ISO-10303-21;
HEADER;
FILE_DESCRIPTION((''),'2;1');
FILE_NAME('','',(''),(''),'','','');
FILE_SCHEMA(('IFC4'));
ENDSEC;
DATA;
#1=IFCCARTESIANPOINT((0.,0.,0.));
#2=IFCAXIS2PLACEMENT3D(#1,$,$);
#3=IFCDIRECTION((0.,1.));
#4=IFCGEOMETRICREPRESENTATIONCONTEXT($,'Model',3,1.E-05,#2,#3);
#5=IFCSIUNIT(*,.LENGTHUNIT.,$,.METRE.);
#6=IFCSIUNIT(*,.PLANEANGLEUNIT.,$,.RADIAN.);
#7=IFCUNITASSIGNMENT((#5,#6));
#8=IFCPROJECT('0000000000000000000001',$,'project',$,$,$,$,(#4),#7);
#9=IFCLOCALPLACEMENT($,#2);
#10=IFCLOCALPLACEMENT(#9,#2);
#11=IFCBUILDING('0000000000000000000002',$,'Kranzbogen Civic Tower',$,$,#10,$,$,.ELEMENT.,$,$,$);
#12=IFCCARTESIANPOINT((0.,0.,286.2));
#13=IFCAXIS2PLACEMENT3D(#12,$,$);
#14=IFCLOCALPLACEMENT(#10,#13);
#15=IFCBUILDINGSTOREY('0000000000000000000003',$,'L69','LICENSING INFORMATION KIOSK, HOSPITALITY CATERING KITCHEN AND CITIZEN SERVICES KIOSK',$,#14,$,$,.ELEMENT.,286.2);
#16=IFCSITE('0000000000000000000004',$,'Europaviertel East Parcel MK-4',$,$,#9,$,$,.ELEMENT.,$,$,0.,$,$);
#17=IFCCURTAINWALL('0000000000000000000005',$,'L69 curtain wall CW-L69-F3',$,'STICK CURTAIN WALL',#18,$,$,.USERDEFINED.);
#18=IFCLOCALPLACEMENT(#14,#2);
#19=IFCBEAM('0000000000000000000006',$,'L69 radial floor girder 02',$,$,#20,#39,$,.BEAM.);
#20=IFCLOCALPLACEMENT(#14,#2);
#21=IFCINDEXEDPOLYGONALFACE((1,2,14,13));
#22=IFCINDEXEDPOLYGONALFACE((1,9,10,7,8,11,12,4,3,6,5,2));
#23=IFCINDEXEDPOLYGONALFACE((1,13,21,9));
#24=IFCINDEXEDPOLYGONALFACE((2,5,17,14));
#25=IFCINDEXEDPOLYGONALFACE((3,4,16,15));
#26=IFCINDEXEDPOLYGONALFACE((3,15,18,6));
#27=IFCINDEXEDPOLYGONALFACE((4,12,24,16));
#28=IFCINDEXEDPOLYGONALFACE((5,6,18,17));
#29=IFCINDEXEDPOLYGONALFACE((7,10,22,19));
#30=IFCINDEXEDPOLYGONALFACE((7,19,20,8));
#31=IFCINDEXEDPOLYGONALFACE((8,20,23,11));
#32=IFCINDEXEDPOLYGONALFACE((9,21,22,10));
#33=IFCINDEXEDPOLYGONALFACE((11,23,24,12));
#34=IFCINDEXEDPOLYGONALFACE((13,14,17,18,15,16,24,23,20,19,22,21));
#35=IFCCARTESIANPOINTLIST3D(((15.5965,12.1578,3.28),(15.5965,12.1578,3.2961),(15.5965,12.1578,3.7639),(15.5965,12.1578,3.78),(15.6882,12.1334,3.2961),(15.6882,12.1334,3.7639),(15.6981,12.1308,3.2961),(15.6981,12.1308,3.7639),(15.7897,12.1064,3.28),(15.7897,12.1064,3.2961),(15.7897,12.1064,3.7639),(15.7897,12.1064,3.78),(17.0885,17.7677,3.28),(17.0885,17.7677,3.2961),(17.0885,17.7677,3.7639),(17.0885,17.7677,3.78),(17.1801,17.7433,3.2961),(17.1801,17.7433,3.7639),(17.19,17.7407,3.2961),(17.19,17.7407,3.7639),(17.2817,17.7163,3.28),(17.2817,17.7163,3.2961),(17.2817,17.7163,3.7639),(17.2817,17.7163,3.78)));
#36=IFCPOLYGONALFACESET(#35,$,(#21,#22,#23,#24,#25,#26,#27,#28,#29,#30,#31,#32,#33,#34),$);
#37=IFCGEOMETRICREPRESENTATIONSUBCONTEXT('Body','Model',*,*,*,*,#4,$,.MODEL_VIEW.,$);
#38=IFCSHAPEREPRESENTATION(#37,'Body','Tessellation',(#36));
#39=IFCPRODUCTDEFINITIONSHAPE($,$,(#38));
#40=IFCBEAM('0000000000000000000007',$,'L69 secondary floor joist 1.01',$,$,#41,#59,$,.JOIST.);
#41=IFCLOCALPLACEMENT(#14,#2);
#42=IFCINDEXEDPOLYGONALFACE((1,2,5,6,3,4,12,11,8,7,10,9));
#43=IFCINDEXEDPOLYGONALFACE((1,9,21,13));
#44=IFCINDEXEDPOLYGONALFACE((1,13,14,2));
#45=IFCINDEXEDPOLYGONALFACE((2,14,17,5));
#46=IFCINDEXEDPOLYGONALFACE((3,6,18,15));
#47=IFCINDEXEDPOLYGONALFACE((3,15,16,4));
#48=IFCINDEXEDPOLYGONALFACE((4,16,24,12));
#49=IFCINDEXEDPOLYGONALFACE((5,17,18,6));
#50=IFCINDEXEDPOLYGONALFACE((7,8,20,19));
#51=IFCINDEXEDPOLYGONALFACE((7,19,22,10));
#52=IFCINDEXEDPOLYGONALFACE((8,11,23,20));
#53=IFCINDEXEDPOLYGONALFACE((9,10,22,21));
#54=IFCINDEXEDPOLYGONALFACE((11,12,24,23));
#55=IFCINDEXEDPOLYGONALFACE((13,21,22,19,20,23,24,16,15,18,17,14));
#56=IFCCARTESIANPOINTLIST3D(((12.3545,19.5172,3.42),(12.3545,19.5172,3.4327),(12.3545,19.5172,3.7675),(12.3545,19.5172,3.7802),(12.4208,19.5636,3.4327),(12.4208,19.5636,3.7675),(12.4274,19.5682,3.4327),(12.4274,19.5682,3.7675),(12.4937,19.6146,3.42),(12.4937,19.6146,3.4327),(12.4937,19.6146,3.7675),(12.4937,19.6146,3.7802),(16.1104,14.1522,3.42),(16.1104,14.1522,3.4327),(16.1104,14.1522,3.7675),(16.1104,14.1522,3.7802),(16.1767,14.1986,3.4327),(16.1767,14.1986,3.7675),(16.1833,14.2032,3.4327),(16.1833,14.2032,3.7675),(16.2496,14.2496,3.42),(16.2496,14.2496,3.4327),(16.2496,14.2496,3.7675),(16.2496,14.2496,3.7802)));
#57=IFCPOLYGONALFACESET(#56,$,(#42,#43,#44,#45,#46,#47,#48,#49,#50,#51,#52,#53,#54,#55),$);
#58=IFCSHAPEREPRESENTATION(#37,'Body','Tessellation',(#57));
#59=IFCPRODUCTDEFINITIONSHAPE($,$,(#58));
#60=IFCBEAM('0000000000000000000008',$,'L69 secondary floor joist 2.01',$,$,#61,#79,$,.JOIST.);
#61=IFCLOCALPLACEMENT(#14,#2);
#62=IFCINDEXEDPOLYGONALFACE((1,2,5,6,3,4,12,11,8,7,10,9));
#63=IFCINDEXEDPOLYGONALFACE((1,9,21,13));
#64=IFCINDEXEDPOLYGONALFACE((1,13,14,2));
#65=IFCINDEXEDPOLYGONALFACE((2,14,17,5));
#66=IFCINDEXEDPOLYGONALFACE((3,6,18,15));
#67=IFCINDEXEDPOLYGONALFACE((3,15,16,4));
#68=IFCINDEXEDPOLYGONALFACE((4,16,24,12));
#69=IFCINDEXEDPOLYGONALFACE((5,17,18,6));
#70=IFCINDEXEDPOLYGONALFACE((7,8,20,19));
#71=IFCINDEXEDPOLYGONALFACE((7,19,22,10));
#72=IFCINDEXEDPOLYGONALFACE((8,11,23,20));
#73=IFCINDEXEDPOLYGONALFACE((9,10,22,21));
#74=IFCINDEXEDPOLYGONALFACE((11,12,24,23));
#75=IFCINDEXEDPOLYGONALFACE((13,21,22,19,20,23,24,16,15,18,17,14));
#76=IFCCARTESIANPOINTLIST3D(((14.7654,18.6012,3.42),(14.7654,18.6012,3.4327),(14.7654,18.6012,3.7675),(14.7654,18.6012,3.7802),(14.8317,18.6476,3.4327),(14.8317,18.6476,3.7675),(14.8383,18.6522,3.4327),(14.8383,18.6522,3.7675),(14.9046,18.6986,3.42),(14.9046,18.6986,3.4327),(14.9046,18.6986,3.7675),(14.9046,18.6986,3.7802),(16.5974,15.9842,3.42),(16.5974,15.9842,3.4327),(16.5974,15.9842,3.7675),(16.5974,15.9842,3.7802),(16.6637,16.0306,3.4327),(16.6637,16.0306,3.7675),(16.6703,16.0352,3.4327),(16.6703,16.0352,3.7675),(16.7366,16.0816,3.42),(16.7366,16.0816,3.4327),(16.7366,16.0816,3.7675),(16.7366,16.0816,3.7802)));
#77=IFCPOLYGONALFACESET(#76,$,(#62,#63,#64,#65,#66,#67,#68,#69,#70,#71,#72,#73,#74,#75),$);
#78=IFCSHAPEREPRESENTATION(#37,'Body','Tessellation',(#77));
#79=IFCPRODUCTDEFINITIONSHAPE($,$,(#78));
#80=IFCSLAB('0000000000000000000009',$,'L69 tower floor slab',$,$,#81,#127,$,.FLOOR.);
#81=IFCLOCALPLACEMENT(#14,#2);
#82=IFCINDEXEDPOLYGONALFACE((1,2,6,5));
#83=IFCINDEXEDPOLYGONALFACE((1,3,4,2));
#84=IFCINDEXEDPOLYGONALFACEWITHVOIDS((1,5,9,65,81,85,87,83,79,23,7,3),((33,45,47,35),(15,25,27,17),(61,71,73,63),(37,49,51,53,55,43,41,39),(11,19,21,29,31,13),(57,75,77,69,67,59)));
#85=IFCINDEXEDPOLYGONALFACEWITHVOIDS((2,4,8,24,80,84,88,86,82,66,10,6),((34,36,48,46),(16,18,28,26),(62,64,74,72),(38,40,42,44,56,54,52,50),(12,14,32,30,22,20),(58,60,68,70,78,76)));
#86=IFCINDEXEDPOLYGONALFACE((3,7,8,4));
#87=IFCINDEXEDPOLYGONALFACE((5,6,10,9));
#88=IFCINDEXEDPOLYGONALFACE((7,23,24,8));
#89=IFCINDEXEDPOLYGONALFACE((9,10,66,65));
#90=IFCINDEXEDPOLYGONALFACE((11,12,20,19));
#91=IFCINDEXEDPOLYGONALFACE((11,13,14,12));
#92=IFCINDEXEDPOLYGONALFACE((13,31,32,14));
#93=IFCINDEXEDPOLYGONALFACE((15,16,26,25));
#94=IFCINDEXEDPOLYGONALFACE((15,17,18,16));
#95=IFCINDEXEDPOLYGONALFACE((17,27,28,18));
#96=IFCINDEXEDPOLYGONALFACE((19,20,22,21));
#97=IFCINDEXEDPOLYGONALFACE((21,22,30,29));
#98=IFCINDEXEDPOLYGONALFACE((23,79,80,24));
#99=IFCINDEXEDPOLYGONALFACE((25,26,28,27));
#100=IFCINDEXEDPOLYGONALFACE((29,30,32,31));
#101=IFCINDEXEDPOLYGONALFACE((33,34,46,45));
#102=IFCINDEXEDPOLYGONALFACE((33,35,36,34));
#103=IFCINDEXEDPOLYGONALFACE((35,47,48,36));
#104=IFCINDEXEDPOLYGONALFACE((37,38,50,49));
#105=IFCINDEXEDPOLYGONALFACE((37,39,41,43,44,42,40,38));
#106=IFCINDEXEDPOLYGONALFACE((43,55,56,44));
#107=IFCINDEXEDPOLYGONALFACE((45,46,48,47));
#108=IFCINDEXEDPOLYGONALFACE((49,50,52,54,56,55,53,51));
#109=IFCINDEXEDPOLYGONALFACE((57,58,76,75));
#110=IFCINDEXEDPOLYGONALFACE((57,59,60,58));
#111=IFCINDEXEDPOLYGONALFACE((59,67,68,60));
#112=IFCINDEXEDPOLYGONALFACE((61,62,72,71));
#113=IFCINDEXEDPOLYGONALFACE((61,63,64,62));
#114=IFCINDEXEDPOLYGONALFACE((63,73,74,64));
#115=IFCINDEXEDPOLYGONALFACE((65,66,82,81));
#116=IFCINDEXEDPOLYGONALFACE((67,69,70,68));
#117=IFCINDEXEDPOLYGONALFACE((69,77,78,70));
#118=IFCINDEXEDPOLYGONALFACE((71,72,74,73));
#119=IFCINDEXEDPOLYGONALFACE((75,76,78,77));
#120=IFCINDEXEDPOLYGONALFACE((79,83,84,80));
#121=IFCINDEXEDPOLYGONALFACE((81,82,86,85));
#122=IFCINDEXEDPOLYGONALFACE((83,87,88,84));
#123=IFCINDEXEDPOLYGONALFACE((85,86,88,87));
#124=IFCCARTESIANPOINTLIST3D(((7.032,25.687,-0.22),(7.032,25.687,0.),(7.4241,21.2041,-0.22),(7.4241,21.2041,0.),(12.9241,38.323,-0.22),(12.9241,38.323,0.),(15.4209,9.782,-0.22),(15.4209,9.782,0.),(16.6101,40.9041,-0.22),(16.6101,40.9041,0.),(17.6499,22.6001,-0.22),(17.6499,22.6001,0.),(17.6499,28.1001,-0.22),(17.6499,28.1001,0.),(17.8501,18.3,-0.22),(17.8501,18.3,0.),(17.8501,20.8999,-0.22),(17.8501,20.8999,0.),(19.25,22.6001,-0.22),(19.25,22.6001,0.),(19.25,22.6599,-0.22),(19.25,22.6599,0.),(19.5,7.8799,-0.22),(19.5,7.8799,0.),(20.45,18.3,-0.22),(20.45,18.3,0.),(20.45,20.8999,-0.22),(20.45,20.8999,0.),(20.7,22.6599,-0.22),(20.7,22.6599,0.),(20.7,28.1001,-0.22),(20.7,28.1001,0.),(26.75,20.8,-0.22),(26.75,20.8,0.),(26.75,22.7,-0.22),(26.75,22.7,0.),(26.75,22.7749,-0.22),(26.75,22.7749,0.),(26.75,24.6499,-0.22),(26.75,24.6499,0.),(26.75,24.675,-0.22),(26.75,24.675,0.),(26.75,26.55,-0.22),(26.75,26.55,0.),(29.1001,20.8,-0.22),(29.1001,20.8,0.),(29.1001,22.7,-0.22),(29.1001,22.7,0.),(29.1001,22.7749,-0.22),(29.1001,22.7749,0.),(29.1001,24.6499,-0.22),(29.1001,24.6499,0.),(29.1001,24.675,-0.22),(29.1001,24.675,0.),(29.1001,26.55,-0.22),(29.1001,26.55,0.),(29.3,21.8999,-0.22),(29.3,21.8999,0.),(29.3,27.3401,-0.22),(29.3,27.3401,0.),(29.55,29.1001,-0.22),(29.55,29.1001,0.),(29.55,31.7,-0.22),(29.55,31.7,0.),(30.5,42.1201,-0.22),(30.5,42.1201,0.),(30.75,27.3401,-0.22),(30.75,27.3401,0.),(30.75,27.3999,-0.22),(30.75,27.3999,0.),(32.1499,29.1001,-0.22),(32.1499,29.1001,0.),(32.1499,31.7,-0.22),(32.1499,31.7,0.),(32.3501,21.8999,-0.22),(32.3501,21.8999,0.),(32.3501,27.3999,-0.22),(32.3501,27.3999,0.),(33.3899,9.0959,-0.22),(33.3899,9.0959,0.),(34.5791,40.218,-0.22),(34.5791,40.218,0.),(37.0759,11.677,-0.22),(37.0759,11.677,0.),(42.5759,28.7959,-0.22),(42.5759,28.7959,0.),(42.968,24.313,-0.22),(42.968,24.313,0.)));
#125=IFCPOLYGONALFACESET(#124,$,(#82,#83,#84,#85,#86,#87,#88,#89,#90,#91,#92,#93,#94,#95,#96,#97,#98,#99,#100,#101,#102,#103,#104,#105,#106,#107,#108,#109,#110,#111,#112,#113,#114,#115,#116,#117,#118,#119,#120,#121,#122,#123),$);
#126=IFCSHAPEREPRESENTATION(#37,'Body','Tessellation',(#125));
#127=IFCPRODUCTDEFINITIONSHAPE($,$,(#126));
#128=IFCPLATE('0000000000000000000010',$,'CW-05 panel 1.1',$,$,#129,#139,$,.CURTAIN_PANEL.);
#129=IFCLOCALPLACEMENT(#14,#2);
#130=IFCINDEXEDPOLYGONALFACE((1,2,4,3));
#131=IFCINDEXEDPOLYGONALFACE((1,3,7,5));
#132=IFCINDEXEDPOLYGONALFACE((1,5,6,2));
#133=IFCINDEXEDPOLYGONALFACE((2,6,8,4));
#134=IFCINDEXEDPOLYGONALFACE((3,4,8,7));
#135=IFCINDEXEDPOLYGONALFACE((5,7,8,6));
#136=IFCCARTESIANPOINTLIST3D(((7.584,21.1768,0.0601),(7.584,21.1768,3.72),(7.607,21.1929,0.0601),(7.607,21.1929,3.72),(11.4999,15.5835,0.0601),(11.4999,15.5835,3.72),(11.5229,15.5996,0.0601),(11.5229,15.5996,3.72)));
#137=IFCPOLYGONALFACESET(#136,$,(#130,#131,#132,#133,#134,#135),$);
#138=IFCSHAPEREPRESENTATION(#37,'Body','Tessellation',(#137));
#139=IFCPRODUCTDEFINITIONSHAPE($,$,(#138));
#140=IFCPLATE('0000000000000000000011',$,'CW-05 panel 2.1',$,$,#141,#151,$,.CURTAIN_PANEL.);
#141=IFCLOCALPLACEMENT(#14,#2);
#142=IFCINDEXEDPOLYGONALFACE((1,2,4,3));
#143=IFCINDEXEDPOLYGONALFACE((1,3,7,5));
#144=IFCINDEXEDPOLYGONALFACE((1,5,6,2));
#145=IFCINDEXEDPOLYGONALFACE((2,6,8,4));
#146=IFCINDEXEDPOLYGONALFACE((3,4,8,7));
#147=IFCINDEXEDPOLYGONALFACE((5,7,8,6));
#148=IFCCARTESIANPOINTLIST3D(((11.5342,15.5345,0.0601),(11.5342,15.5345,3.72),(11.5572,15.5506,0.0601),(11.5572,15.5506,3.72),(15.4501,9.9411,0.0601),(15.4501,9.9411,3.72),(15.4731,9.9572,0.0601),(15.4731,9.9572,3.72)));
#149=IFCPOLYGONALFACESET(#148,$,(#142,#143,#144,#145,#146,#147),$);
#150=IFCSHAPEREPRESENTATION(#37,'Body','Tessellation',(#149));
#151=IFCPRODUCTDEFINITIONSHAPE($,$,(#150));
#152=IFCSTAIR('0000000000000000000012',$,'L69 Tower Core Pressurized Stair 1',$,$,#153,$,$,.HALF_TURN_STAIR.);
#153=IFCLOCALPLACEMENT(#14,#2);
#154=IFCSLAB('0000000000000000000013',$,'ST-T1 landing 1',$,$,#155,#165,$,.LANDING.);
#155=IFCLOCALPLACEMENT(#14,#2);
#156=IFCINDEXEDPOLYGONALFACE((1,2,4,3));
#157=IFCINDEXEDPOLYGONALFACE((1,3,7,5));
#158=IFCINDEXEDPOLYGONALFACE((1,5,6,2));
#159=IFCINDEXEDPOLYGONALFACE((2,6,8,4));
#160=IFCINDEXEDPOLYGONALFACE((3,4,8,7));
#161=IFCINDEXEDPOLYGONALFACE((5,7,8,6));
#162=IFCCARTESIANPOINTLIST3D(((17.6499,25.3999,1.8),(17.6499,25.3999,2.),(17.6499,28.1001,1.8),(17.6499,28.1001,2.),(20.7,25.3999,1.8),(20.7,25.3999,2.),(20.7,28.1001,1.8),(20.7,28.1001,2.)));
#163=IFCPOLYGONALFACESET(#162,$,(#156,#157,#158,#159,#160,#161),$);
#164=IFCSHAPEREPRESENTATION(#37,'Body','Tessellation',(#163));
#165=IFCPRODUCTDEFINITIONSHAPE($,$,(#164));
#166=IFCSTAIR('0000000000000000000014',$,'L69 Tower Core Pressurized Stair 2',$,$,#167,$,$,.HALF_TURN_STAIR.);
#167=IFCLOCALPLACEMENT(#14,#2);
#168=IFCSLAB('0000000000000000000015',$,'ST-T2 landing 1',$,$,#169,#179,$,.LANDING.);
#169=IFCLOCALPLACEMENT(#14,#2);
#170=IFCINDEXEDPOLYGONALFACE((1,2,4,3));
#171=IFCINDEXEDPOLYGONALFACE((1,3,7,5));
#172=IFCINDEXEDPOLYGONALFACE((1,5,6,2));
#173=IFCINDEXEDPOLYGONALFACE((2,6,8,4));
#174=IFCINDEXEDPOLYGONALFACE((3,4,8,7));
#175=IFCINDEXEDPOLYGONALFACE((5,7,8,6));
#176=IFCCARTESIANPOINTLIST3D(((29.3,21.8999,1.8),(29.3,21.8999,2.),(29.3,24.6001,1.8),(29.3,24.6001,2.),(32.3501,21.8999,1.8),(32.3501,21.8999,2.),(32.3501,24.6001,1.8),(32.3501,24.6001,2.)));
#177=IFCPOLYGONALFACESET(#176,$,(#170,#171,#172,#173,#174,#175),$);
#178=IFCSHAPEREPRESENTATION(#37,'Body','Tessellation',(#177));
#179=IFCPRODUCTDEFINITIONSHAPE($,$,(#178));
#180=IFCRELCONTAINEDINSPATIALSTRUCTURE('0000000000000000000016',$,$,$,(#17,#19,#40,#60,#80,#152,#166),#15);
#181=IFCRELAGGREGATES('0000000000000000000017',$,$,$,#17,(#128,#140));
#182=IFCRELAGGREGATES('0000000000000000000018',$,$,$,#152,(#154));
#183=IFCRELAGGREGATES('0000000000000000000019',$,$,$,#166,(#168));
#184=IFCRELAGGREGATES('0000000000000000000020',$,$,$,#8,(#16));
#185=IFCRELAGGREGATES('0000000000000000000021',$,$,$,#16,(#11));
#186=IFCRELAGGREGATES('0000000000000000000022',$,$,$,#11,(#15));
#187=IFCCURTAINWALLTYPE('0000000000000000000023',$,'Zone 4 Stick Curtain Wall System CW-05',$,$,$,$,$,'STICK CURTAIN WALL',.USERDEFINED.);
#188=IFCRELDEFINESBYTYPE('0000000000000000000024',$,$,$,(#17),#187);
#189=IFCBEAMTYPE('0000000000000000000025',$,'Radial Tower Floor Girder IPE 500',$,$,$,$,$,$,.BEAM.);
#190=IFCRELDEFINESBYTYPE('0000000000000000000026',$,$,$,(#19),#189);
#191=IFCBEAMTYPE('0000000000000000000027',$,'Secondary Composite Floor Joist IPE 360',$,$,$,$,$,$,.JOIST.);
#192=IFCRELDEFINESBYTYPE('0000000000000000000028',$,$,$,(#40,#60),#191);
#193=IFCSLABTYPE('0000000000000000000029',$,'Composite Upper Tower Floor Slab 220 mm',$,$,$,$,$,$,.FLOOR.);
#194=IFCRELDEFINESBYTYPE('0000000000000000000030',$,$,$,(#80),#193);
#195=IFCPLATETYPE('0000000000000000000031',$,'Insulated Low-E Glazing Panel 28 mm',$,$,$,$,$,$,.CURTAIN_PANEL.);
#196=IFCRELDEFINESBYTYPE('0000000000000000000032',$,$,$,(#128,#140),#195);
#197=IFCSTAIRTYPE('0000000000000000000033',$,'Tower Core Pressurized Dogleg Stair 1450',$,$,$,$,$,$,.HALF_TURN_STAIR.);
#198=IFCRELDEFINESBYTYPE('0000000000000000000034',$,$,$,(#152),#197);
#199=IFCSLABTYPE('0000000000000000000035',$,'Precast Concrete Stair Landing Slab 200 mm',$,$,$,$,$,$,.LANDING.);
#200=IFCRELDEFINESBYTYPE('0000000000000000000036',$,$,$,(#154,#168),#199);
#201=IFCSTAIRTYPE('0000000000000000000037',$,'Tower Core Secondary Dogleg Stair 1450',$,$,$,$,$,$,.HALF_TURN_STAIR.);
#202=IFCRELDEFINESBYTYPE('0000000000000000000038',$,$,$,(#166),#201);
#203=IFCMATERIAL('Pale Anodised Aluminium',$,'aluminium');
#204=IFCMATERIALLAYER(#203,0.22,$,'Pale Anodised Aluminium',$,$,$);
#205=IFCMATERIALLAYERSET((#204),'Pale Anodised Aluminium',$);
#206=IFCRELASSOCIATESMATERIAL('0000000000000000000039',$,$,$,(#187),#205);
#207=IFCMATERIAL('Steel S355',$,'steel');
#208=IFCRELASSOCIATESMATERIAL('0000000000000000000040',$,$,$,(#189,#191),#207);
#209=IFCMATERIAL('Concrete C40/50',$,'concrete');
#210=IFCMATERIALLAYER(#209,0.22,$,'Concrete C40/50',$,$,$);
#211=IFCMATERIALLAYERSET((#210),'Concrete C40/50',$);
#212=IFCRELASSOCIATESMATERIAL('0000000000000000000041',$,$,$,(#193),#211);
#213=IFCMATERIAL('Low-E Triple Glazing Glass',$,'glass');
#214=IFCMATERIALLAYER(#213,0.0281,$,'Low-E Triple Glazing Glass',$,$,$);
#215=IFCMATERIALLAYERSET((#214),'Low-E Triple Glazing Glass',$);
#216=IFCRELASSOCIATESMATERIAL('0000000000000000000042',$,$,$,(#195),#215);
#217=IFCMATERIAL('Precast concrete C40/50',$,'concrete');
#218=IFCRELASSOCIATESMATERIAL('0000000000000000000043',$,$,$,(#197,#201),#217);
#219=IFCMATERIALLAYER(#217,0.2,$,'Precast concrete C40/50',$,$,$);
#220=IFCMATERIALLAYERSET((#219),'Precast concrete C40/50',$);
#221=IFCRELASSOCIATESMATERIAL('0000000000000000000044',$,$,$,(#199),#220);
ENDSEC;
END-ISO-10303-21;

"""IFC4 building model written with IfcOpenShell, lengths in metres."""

from ifc_helpers import new_model, si_unit, direction, frame, origin, origin_2d, place, context, subcontext, project, spatial, polyline, rectangle, i_section, outline, extrude, material, layer, layer_set, material_profile, profile_set, type_object, element, aggregate, save


model = new_model("IFC4")

# Units and contexts
model_context = context("Model", 3, precision=1e-05, world=origin(), true_north=direction((0.0, 1.0)))
body_context = subcontext(model_context, "Body", "Model", "MODEL_VIEW")
ifc_project = project(units=[si_unit("LENGTHUNIT", "METRE"), si_unit("PLANEANGLEUNIT", "RADIAN")], contexts=[model_context])

# Site, building, storey
site_placement = place(None, origin())
site = spatial("IfcSite", under=ifc_project, at=site_placement, Name="Europaviertel East Parcel MK-4", CompositionType="ELEMENT", RefElevation=0.0)
building_placement = place(site_placement, origin())
building = spatial("IfcBuilding", under=site, at=building_placement, Name="Kranzbogen Civic Tower", CompositionType="ELEMENT")
storey_placement = place(building_placement, frame((0.0, 0.0, 286.2)))
storey = spatial("IfcBuildingStorey", under=building, at=storey_placement, Name="L69", Description="LICENSING INFORMATION KIOSK, HOSPITALITY CATERING KITCHEN AND CITIZEN SERVICES KIOSK", CompositionType="ELEMENT", Elevation=286.2)

# Shared definitions
ifc_material_1 = material(Name="Steel S355", Category="steel")

# Curtain wall
ifc_material_2 = material(Name="Pale Anodised Aluminium", Category="aluminium")
ifc_layer_1 = layer(ifc_material_2, 0.22, Name="Pale Anodised Aluminium")
ifc_layer_set_1 = layer_set([ifc_layer_1], Name="Pale Anodised Aluminium")
curtain_wall_type = type_object("IfcCurtainWallType", Name="Zone 4 Stick Curtain Wall System CW-05", ElementType="STICK CURTAIN WALL", PredefinedType="USERDEFINED", material=ifc_layer_set_1)
curtain_wall_placement = place(storey_placement, origin())
curtain_wall = element("IfcCurtainWall", 1, at=curtain_wall_placement, inside=storey, type_object=curtain_wall_type, Name="L69 curtain wall CW-L69-F3", ObjectType="STICK CURTAIN WALL", PredefinedType="USERDEFINED")

# Beams
ifc_material_profile_1 = material_profile(ifc_material_1, i_section(OverallWidth=0.2, OverallDepth=0.5, WebThickness=0.0103, FlangeThickness=0.0161, at=origin_2d()), Name="IPE 500")
ifc_profile_set_1 = profile_set([ifc_material_profile_1], Name="Steel S355")
beam_type_1 = type_object("IfcBeamType", Name="Radial Tower Floor Girder IPE 500", PredefinedType="BEAM", material=ifc_profile_set_1)
beam_1_placement = place(storey_placement, frame((15.6931, 12.1321, 3.53), z_axis=(0.257016, 0.966407, 0.0), x_axis=(-0.966407, 0.257016, 0.0)))
element("IfcBeam", 2, at=beam_1_placement, inside=storey, type_object=beam_type_1, Name="L69 radial floor girder 02", PredefinedType="BEAM", context=body_context, shape_type="SweptSolid", body=[
    extrude(i_section(OverallWidth=0.2, OverallDepth=0.5, WebThickness=0.0103, FlangeThickness=0.0161, at=origin_2d()), origin(), (0.0, 0.0, 1.0), 5.8049),
])
ifc_material_profile_2 = material_profile(ifc_material_1, i_section(OverallWidth=0.1699, OverallDepth=0.3601, WebThickness=0.0081, FlangeThickness=0.0127, at=origin_2d()), Name="IPE 360")
ifc_profile_set_2 = profile_set([ifc_material_profile_2], Name="Steel S355")
beam_type_2 = type_object("IfcBeamType", Name="Secondary Composite Floor Joist IPE 360", PredefinedType="JOIST", material=ifc_profile_set_2)
beam_2_placement = place(storey_placement, frame((12.4241, 19.5659, 3.6001), z_axis=(0.5735, -0.819206, 0.0), x_axis=(0.819206, 0.5735, 0.0)))
element("IfcBeam", 3, at=beam_2_placement, inside=storey, type_object=beam_type_2, Name="L69 secondary floor joist 1.01", PredefinedType="JOIST", context=body_context, shape_type="SweptSolid", body=[
    extrude(i_section(OverallWidth=0.1699, OverallDepth=0.3601, WebThickness=0.0081, FlangeThickness=0.0127, at=origin_2d()), origin(), (0.0, 0.0, 1.0), 6.5491),
])
beam_3_placement = place(storey_placement, frame((14.835, 18.6499, 3.6001), z_axis=(0.573498, -0.819207, 0.0), x_axis=(0.819207, 0.573498, 0.0)))
element("IfcBeam", 4, at=beam_3_placement, inside=storey, type_object=beam_type_2, Name="L69 secondary floor joist 2.01", PredefinedType="JOIST", context=body_context, shape_type="SweptSolid", body=[
    extrude(i_section(OverallWidth=0.1699, OverallDepth=0.3601, WebThickness=0.0081, FlangeThickness=0.0127, at=origin_2d()), origin(), (0.0, 0.0, 1.0), 3.1946),
])

# Slab
ifc_material_3 = material(Name="Concrete C40/50", Category="concrete")
ifc_layer_2 = layer(ifc_material_3, 0.22, Name="Concrete C40/50")
ifc_layer_set_2 = layer_set([ifc_layer_2], Name="Concrete C40/50")
slab_type_1 = type_object("IfcSlabType", Name="Composite Upper Tower Floor Slab 220 mm", PredefinedType="FLOOR", material=ifc_layer_set_2)
slab_1_placement = place(storey_placement, frame((0.0, 0.0, -0.22)))
element("IfcSlab", 5, at=slab_1_placement, inside=storey, type_object=slab_type_1, Name="L69 tower floor slab", PredefinedType="FLOOR", context=body_context, shape_type="SweptSolid", body=[
    extrude(outline(polyline([(30.5, 42.1201), (16.6101, 40.9041), (12.9241, 38.323), (7.032, 25.687), (7.4241, 21.2041), (15.4209, 9.782), (19.5, 7.8799), (33.3899, 9.0959), (37.0759, 11.677), (42.968, 24.313), (42.5759, 28.7959), (34.5791, 40.218), (30.5, 42.1201)]), holes=[polyline([(17.8501, 20.8999), (20.45, 20.8999), (20.45, 18.3), (17.8501, 18.3), (17.8501, 20.8999)]), polyline([(29.1001, 22.7), (29.1001, 20.8), (26.75, 20.8), (26.75, 22.7), (29.1001, 22.7)]), polyline([(29.1001, 24.6499), (29.1001, 22.7749), (26.75, 22.7749), (26.75, 24.6499), (26.75, 24.675), (26.75, 26.55), (29.1001, 26.55), (29.1001, 24.675), (29.1001, 24.6499)]), polyline([(29.3, 27.3401), (30.75, 27.3401), (30.75, 27.3999), (32.3501, 27.3999), (32.3501, 21.8999), (29.3, 21.8999), (29.3, 27.3401)]), polyline([(20.7, 22.6599), (19.25, 22.6599), (19.25, 22.6001), (17.6499, 22.6001), (17.6499, 28.1001), (20.7, 28.1001), (20.7, 22.6599)]), polyline([(32.1499, 31.7), (32.1499, 29.1001), (29.55, 29.1001), (29.55, 31.7), (32.1499, 31.7)])]), origin(), (0.0, 0.0, 1.0), 0.22),
])

# Plates
ifc_material_4 = material(Name="Low-E Triple Glazing Glass", Category="glass")
ifc_layer_3 = layer(ifc_material_4, 0.0281, Name="Low-E Triple Glazing Glass")
ifc_layer_set_3 = layer_set([ifc_layer_3], Name="Low-E Triple Glazing Glass")
plate_type = type_object("IfcPlateType", Name="Insulated Low-E Glazing Panel 28 mm", PredefinedType="CURTAIN_PANEL", material=ifc_layer_set_3)
plate_1_placement = place(storey_placement, frame((9.5535, 18.3882, 0.0601), z_axis=(0.0, 0.0, 1.0), x_axis=(0.573521, -0.819191, 0.0)))
plate_1 = element("IfcPlate", 6, at=plate_1_placement, type_object=plate_type, Name="CW-05 panel 1.1", PredefinedType="CURTAIN_PANEL", context=body_context, shape_type="SweptSolid", body=[
    extrude(rectangle(XDim=6.8279, YDim=0.0281, at=origin_2d()), origin(), (0.0, 0.0, 1.0), 3.6599),
])
plate_2_placement = place(storey_placement, frame((13.5037, 12.7458, 0.0601), z_axis=(0.0, 0.0, 1.0), x_axis=(0.573521, -0.819191, 0.0)))
plate_2 = element("IfcPlate", 7, at=plate_2_placement, type_object=plate_type, Name="CW-05 panel 2.1", PredefinedType="CURTAIN_PANEL", context=body_context, shape_type="SweptSolid", body=[
    extrude(rectangle(XDim=6.8279, YDim=0.0281, at=origin_2d()), origin(), (0.0, 0.0, 1.0), 3.6599),
])
aggregate(curtain_wall, [plate_1, plate_2])

# Stairs, slabs
ifc_material_5 = material(Name="Precast concrete C40/50", Category="concrete")
stair_type_1 = type_object("IfcStairType", Name="Tower Core Pressurized Dogleg Stair 1450", PredefinedType="HALF_TURN_STAIR", material=ifc_material_5)
stair_1_placement = place(storey_placement, origin())
stair_1 = element("IfcStair", 8, at=stair_1_placement, inside=storey, type_object=stair_type_1, Name="L69 Tower Core Pressurized Stair 1", PredefinedType="HALF_TURN_STAIR")
ifc_layer_4 = layer(ifc_material_5, 0.2, Name="Precast concrete C40/50")
ifc_layer_set_4 = layer_set([ifc_layer_4], Name="Precast concrete C40/50")
slab_type_2 = type_object("IfcSlabType", Name="Precast Concrete Stair Landing Slab 200 mm", PredefinedType="LANDING", material=ifc_layer_set_4)
slab_2_placement = place(storey_placement, frame((0.0, 0.0, 1.8)))
slab_2 = element("IfcSlab", 9, at=slab_2_placement, type_object=slab_type_2, Name="ST-T1 landing 1", PredefinedType="LANDING", context=body_context, shape_type="SweptSolid", body=[
    extrude(outline(polyline([(20.7, 25.3999), (20.7, 28.1001), (17.6499, 28.1001), (17.6499, 25.3999), (20.7, 25.3999)])), origin(), (0.0, 0.0, 1.0), 0.2),
])
aggregate(stair_1, [slab_2])
stair_type_2 = type_object("IfcStairType", Name="Tower Core Secondary Dogleg Stair 1450", PredefinedType="HALF_TURN_STAIR", material=ifc_material_5)
stair_2_placement = place(storey_placement, origin())
stair_2 = element("IfcStair", 10, at=stair_2_placement, inside=storey, type_object=stair_type_2, Name="L69 Tower Core Pressurized Stair 2", PredefinedType="HALF_TURN_STAIR")
slab_3_placement = place(storey_placement, frame((0.0, 0.0, 1.8)))
slab_3 = element("IfcSlab", 11, at=slab_3_placement, type_object=slab_type_2, Name="ST-T2 landing 1", PredefinedType="LANDING", context=body_context, shape_type="SweptSolid", body=[
    extrude(outline(polyline([(29.3, 24.6001), (29.3, 21.8999), (32.3501, 21.8999), (32.3501, 24.6001), (29.3, 24.6001)])), origin(), (0.0, 0.0, 1.0), 0.2),
])
aggregate(stair_2, [slab_3])

save(model, "model.ifc")
